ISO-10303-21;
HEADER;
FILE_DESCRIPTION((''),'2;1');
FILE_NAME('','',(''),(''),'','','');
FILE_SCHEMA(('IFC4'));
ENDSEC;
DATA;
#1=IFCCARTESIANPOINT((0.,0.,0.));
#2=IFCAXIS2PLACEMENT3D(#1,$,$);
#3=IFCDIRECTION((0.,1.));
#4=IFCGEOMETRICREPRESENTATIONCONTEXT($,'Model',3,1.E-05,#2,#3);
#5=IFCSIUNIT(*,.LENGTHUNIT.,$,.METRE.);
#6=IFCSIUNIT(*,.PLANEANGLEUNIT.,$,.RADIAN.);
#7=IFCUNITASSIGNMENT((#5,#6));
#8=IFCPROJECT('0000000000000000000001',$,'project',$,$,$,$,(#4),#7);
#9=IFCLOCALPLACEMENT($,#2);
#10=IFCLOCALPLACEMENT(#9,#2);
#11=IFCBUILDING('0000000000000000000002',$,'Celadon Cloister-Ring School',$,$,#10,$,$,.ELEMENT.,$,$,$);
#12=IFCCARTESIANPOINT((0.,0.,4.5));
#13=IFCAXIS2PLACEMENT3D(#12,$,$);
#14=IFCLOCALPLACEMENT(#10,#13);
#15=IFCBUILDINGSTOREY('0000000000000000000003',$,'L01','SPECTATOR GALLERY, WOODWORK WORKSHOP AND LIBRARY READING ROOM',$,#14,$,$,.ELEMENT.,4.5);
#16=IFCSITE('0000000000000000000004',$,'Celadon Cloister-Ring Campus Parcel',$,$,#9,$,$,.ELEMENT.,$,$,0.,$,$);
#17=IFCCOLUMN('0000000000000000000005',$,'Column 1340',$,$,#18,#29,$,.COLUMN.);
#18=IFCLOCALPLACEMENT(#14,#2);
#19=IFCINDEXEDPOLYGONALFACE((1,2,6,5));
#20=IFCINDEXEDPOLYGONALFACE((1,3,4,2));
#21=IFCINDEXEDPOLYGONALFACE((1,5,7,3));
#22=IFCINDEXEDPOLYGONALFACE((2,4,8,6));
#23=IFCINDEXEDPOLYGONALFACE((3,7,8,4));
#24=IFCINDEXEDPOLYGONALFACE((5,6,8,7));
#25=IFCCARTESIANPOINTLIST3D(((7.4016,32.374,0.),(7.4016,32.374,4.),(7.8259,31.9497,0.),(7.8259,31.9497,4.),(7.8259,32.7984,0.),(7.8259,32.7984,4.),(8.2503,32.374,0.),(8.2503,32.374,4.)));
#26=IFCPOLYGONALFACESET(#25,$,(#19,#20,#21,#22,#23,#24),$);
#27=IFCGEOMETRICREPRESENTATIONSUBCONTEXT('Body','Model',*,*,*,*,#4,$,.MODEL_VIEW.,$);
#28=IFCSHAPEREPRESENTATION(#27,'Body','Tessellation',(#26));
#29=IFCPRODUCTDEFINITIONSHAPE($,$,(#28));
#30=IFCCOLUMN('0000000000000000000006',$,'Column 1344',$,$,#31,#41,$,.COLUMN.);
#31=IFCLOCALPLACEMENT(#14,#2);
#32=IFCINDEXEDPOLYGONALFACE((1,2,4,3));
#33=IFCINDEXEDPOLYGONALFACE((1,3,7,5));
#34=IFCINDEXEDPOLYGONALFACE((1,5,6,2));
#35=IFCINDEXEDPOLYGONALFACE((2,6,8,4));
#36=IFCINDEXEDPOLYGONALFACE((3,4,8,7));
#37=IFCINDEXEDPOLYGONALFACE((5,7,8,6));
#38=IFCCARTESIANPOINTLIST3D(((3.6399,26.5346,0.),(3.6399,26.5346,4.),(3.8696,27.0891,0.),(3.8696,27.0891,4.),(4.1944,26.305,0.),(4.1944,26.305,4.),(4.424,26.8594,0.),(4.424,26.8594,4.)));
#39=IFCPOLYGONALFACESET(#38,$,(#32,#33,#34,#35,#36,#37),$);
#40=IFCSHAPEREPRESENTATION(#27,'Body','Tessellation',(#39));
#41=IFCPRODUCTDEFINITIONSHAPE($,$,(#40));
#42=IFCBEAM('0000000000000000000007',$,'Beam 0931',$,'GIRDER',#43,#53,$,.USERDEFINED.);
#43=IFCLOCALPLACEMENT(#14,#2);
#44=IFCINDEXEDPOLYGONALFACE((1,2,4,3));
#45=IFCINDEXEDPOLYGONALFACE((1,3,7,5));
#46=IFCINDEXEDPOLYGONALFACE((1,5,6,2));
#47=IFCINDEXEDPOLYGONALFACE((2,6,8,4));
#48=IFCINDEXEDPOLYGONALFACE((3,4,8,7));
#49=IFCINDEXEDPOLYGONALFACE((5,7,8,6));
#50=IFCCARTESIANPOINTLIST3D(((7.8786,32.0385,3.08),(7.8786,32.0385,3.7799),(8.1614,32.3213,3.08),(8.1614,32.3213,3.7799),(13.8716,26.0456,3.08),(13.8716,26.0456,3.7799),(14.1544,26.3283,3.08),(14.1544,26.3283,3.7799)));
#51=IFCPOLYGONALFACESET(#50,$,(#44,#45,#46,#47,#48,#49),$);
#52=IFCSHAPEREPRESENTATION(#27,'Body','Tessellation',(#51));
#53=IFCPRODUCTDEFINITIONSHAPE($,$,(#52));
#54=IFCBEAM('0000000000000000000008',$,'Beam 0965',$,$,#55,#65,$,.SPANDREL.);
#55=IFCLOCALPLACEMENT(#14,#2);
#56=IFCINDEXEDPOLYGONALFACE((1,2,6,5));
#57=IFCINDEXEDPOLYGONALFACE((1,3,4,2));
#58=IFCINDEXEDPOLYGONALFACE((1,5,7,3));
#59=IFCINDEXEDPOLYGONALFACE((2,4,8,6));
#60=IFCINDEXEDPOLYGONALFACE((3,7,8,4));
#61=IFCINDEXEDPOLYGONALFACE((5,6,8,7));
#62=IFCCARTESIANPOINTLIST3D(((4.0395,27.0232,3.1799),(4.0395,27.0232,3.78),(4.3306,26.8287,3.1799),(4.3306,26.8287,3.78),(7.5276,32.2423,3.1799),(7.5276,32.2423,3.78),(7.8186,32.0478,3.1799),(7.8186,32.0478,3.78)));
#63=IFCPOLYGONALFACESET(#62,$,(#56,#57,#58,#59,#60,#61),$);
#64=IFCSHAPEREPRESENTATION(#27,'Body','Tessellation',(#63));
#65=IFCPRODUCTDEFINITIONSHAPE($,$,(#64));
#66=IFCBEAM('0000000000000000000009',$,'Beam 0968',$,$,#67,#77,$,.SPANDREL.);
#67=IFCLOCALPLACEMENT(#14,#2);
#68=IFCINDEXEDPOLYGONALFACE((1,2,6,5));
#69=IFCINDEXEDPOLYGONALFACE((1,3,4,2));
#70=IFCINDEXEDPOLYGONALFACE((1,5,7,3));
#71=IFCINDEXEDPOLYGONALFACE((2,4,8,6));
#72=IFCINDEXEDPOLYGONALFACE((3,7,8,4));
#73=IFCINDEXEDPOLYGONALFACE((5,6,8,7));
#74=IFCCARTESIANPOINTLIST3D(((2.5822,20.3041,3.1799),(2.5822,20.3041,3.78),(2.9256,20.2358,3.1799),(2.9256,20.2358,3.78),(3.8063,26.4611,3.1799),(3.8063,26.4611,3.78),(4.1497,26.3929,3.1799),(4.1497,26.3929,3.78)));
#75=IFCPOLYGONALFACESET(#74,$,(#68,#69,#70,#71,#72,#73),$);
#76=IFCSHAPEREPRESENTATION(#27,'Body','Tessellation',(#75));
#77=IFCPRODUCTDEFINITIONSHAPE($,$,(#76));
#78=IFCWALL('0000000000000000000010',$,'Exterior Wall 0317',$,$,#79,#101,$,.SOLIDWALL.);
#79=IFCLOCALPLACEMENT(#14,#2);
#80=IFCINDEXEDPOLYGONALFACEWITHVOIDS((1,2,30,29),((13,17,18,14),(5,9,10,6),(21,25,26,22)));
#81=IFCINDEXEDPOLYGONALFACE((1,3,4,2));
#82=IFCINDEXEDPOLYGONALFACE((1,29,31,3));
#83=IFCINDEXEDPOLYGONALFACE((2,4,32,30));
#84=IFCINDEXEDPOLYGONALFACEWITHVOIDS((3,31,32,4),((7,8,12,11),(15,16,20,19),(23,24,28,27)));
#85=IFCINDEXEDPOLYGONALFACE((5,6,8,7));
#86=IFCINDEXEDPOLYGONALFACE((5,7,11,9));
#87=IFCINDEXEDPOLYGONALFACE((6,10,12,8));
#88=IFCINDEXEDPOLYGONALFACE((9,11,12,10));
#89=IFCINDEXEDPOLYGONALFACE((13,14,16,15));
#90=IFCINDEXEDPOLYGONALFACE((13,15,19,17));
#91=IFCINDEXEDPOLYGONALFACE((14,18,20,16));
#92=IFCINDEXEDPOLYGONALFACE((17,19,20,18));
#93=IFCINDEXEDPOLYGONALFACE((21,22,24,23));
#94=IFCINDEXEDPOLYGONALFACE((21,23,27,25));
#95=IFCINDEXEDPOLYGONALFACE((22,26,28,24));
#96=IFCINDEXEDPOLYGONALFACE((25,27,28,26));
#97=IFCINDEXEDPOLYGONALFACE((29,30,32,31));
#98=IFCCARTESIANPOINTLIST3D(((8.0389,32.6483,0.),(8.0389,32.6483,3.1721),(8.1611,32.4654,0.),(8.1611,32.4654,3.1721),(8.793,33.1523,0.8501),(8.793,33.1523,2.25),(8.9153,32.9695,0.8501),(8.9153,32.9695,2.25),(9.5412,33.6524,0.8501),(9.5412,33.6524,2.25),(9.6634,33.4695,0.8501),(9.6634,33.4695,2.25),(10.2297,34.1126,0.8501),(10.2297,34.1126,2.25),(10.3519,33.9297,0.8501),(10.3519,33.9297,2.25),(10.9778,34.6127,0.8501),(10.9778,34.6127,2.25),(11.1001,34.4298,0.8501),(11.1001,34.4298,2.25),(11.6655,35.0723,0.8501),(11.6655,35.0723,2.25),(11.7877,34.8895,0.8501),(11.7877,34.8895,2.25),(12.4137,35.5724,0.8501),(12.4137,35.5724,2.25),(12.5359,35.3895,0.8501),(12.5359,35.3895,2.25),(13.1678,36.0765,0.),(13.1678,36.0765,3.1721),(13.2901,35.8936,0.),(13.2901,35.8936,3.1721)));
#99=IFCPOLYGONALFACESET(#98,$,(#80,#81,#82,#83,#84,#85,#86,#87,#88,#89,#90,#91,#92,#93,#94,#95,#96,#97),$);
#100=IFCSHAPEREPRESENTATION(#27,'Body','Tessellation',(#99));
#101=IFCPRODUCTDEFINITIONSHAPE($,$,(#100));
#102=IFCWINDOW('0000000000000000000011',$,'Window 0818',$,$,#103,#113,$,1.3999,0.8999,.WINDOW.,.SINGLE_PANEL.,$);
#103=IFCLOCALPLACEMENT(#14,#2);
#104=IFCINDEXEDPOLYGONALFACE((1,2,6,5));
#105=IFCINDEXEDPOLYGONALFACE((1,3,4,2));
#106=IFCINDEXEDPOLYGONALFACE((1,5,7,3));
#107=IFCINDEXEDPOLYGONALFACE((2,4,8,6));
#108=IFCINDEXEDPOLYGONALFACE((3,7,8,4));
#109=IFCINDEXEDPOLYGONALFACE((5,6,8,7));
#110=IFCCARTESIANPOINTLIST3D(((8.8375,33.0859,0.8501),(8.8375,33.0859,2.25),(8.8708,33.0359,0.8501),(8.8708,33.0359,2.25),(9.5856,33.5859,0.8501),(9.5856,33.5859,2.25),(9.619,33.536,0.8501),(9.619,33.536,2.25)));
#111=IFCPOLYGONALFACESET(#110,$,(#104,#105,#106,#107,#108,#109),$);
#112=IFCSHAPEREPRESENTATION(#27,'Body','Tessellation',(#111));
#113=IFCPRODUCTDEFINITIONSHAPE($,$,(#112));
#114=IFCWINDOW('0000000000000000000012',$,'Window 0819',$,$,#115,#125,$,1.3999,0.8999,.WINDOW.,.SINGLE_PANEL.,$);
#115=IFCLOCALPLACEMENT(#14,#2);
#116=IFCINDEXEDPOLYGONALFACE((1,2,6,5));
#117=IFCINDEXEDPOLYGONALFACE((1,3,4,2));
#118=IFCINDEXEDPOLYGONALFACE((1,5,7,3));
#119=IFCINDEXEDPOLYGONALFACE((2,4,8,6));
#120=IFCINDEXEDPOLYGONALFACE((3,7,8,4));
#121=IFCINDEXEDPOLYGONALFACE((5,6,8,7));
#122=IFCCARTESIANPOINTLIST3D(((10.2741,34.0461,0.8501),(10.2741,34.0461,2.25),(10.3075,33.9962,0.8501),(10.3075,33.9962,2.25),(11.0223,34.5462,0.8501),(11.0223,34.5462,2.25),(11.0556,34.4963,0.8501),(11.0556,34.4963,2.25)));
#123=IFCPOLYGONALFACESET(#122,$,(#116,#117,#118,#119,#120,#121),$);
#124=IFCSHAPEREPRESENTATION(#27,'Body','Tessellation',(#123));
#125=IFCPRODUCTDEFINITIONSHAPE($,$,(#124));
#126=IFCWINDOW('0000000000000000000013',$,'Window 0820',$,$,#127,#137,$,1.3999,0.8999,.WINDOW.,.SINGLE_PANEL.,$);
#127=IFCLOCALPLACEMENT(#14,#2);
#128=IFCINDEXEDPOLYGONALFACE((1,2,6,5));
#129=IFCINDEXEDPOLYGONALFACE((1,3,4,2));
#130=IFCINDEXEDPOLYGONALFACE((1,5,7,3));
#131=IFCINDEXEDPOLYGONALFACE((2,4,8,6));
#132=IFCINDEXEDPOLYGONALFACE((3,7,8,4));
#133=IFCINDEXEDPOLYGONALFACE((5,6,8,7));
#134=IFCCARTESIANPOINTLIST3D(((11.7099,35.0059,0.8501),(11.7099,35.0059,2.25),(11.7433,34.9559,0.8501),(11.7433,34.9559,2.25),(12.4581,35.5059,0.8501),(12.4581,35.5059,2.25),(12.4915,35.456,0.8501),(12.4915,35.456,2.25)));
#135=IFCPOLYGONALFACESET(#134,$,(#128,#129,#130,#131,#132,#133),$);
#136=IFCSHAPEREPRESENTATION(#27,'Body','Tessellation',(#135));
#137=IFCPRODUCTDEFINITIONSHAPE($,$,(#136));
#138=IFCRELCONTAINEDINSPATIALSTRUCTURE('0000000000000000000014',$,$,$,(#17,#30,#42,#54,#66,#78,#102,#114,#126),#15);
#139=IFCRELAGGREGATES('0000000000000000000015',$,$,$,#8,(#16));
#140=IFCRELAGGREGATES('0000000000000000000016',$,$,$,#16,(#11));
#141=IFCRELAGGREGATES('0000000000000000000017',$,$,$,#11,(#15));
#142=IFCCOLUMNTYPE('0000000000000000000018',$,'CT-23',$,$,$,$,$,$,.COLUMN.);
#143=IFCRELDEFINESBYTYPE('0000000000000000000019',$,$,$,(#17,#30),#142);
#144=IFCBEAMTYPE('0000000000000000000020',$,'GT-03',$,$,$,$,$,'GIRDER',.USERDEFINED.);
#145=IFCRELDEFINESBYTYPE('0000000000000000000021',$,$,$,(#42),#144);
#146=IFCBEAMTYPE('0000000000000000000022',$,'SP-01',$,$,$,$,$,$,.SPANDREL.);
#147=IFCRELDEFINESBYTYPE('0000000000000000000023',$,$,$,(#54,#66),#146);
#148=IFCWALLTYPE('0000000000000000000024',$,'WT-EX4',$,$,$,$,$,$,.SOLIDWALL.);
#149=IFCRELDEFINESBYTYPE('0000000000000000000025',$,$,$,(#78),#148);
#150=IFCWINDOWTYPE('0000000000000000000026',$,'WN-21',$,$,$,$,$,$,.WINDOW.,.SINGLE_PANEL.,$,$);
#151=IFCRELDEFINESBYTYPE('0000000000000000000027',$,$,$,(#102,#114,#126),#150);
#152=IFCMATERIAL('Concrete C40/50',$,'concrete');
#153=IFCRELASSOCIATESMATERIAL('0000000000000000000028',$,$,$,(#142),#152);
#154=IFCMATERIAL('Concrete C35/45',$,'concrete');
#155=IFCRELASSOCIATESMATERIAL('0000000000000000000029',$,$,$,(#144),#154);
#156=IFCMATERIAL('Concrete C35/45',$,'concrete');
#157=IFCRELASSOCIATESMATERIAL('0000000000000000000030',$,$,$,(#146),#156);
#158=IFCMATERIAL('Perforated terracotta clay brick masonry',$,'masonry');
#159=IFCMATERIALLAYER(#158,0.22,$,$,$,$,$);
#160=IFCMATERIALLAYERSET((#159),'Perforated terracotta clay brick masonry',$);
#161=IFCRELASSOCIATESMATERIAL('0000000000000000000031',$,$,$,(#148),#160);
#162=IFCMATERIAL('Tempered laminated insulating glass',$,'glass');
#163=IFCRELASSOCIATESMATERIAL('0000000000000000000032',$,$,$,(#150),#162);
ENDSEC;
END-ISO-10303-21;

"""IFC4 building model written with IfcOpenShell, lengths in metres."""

from ifc_helpers import new_model, si_unit, direction, frame, frame_2d, origin, origin_2d, place, context, subcontext, project, spatial, rectangle, extrude, material, layer, layer_set, material_profile, profile_set, type_object, element, fill, save


model = new_model("IFC4")

# Units and contexts
model_context = context("Model", 3, precision=1e-05, world=origin(), true_north=direction((0.0, 1.0)))
body_context = subcontext(model_context, "Body", "Model", "MODEL_VIEW")
ifc_project = project(units=[si_unit("LENGTHUNIT", "METRE"), si_unit("PLANEANGLEUNIT", "RADIAN")], contexts=[model_context])

# Site, building, storey
site_placement = place(None, origin())
site = spatial("IfcSite", under=ifc_project, at=site_placement, Name="Celadon Cloister-Ring Campus Parcel", CompositionType="ELEMENT", RefElevation=0.0)
building_placement = place(site_placement, origin())
building = spatial("IfcBuilding", under=site, at=building_placement, Name="Celadon Cloister-Ring School", CompositionType="ELEMENT")
storey_placement = place(building_placement, frame((0.0, 0.0, 4.5)))
storey = spatial("IfcBuildingStorey", under=building, at=storey_placement, Name="L01", Description="SPECTATOR GALLERY, WOODWORK WORKSHOP AND LIBRARY READING ROOM", CompositionType="ELEMENT", Elevation=4.5)

# Columns
ifc_material_1 = material(Name="Concrete C40/50", Category="concrete")
ifc_material_profile_1 = material_profile(ifc_material_1, rectangle(XDim=0.6001, YDim=0.6001, at=origin_2d()), Name="RC600X600")
ifc_profile_set_1 = profile_set([ifc_material_profile_1], Name="Concrete C40/50")
column_type = type_object("IfcColumnType", Name="CT-23", PredefinedType="COLUMN", material=ifc_profile_set_1)
for number, where, z_axis, x_axis, name in (
    (1, (7.8259, 32.374, 0.0), (0.0, 0.0, 1.0), (-0.707107, 0.707107, 0.0), "Column 1340"),
    (2, (4.032, 26.697, 0.0), (0.0, 0.0, 1.0), (-0.92388, 0.382683, 0.0), "Column 1344"),
):
    element("IfcColumn", number, at=place(storey_placement, frame(where, z_axis=z_axis, x_axis=x_axis)), inside=storey, type_object=column_type, Name=name, PredefinedType="COLUMN", context=body_context, shape_type="SweptSolid", body=[
        extrude(rectangle(XDim=0.6001, YDim=0.6001, at=origin_2d()), origin(), (0.0, 0.0, 1.0), 4.0),
    ])

# Beams
ifc_material_2 = material(Name="Concrete C35/45", Category="concrete")
ifc_material_profile_2 = material_profile(ifc_material_2, rectangle(XDim=0.3999, YDim=0.7, at=origin_2d()), Name="RC400X700")
ifc_profile_set_2 = profile_set([ifc_material_profile_2], Name="Concrete C35/45")
beam_type_1 = type_object("IfcBeamType", Name="GT-03", ElementType="GIRDER", PredefinedType="USERDEFINED", material=ifc_profile_set_2)
beam_1_placement = place(storey_placement, frame((8.02, 32.1799, 3.4299), z_axis=(0.707107, -0.707107, 0.0), x_axis=(0.707107, 0.707107, 0.0)))
element("IfcBeam", 3, at=beam_1_placement, inside=storey, type_object=beam_type_1, Name="Beam 0931", ObjectType="GIRDER", PredefinedType="USERDEFINED", context=body_context, shape_type="SweptSolid", body=[
    extrude(rectangle(XDim=0.3999, YDim=0.7, at=origin_2d()), origin(), (0.0, 0.0, 1.0), 8.4753),
])
ifc_material_3 = material(Name="Concrete C35/45", Category="concrete")
ifc_material_profile_3 = material_profile(ifc_material_3, rectangle(XDim=0.3501, YDim=0.6001, at=origin_2d()), Name="RC350X600")
ifc_profile_set_3 = profile_set([ifc_material_profile_3], Name="Concrete C35/45")
beam_type_2 = type_object("IfcBeamType", Name="SP-01", PredefinedType="SPANDREL", material=ifc_profile_set_3)
beam_2_placement = place(storey_placement, frame((7.6731, 32.145, 3.48), z_axis=(-0.55566, -0.83141, 0.0), x_axis=(0.83141, -0.55566, 0.0)))
element("IfcBeam", 4, at=beam_2_placement, inside=storey, type_object=beam_type_2, Name="Beam 0965", PredefinedType="SPANDREL", context=body_context, shape_type="SweptSolid", body=[
    extrude(rectangle(XDim=0.3501, YDim=0.6001, at=origin_2d()), origin(), (0.0, 0.0, 1.0), 6.2773),
])
beam_3_placement = place(storey_placement, frame((3.978, 26.427, 3.48), z_axis=(-0.195002, -0.980803, 0.0), x_axis=(0.980803, -0.195002, 0.0)))
element("IfcBeam", 5, at=beam_3_placement, inside=storey, type_object=beam_type_2, Name="Beam 0968", PredefinedType="SPANDREL", context=body_context, shape_type="SweptSolid", body=[
    extrude(rectangle(XDim=0.3501, YDim=0.6001, at=origin_2d()), origin(), (0.0, 0.0, 1.0), 6.2776),
])

# Wall, openings, windows
ifc_material_4 = material(Name="Perforated terracotta clay brick masonry", Category="masonry")
ifc_layer_1 = layer(ifc_material_4, 0.22)
ifc_layer_set_1 = layer_set([ifc_layer_1], Name="Perforated terracotta clay brick masonry")
wall_type = type_object("IfcWallType", Name="WT-EX4", PredefinedType="SOLIDWALL", material=ifc_layer_set_1)
wall_1_placement = place(storey_placement, frame((8.1001, 32.5569, 0.0), z_axis=(0.0, 0.0, 1.0), x_axis=(0.83138, 0.555704, 0.0)))
wall_1 = element("IfcWall", 6, at=wall_1_placement, inside=storey, type_object=wall_type, Name="Exterior Wall 0317", PredefinedType="SOLIDWALL", context=body_context, shape_type="SweptSolid", body=[
    extrude(rectangle(XDim=6.1692, YDim=0.22, at=frame_2d((3.0845, 0.0))), origin(), (0.0, 0.0, 1.0), 3.1721),
])
opening_1_placement = place(wall_1_placement, frame((0.907, 0.0, 0.8501)))
opening_1 = element("IfcOpeningElement", 7, at=opening_1_placement, cuts=wall_1, PredefinedType="OPENING", context=body_context, shape_type="SweptSolid", body=[
    extrude(rectangle(XDim=0.8999, YDim=1.3999, at=frame_2d((0.45, 0.7))), frame((0.0, 0.1201, 0.0), z_axis=(0.0, -1.0, 0.0), x_axis=(1.0, 0.0, 0.0)), (0.0, 0.0, 1.0), 0.24),
])
opening_2_placement = place(wall_1_placement, frame((2.635, 0.0, 0.8501)))
opening_2 = element("IfcOpeningElement", 8, at=opening_2_placement, cuts=wall_1, PredefinedType="OPENING", context=body_context, shape_type="SweptSolid", body=[
    extrude(rectangle(XDim=0.8999, YDim=1.3999, at=frame_2d((0.45, 0.7))), frame((0.0, 0.1201, 0.0), z_axis=(0.0, -1.0, 0.0), x_axis=(1.0, 0.0, 0.0)), (0.0, 0.0, 1.0), 0.24),
])
opening_3_placement = place(wall_1_placement, frame((4.3621, 0.0, 0.8501)))
opening_3 = element("IfcOpeningElement", 9, at=opening_3_placement, cuts=wall_1, PredefinedType="OPENING", context=body_context, shape_type="SweptSolid", body=[
    extrude(rectangle(XDim=0.8999, YDim=1.3999, at=frame_2d((0.45, 0.7))), frame((0.0, 0.1201, 0.0), z_axis=(0.0, -1.0, 0.0), x_axis=(1.0, 0.0, 0.0)), (0.0, 0.0, 1.0), 0.24),
])
ifc_material_5 = material(Name="Tempered laminated insulating glass", Category="glass")
window_type = type_object("IfcWindowType", Name="WN-21", PartitioningType="SINGLE_PANEL", PredefinedType="WINDOW", material=ifc_material_5)
window_1_placement = place(opening_1_placement, origin())
window_1 = element("IfcWindow", 10, at=window_1_placement, inside=storey, type_object=window_type, Name="Window 0818", OverallHeight=1.3999, OverallWidth=0.8999, PartitioningType="SINGLE_PANEL", PredefinedType="WINDOW", context=body_context, shape_type="SweptSolid", body=[
    extrude(rectangle(XDim=0.8999, YDim=1.3999, at=frame_2d((0.45, 0.7))), frame((0.0, 0.03, 0.0), z_axis=(0.0, -1.0, 0.0), x_axis=(1.0, 0.0, 0.0)), (0.0, 0.0, 1.0), 0.0601),
])
fill(opening_1, window_1)
window_2_placement = place(opening_2_placement, origin())
window_2 = element("IfcWindow", 11, at=window_2_placement, inside=storey, type_object=window_type, Name="Window 0819", OverallHeight=1.3999, OverallWidth=0.8999, PartitioningType="SINGLE_PANEL", PredefinedType="WINDOW", context=body_context, shape_type="SweptSolid", body=[
    extrude(rectangle(XDim=0.8999, YDim=1.3999, at=frame_2d((0.45, 0.7))), frame((0.0, 0.03, 0.0), z_axis=(0.0, -1.0, 0.0), x_axis=(1.0, 0.0, 0.0)), (0.0, 0.0, 1.0), 0.0601),
])
fill(opening_2, window_2)
window_3_placement = place(opening_3_placement, origin())
window_3 = element("IfcWindow", 12, at=window_3_placement, inside=storey, type_object=window_type, Name="Window 0820", OverallHeight=1.3999, OverallWidth=0.8999, PartitioningType="SINGLE_PANEL", PredefinedType="WINDOW", context=body_context, shape_type="SweptSolid", body=[
    extrude(rectangle(XDim=0.8999, YDim=1.3999, at=frame_2d((0.45, 0.7))), frame((0.0, 0.03, 0.0), z_axis=(0.0, -1.0, 0.0), x_axis=(1.0, 0.0, 0.0)), (0.0, 0.0, 1.0), 0.0601),
])
fill(opening_3, window_3)

save(model, "model.ifc")
